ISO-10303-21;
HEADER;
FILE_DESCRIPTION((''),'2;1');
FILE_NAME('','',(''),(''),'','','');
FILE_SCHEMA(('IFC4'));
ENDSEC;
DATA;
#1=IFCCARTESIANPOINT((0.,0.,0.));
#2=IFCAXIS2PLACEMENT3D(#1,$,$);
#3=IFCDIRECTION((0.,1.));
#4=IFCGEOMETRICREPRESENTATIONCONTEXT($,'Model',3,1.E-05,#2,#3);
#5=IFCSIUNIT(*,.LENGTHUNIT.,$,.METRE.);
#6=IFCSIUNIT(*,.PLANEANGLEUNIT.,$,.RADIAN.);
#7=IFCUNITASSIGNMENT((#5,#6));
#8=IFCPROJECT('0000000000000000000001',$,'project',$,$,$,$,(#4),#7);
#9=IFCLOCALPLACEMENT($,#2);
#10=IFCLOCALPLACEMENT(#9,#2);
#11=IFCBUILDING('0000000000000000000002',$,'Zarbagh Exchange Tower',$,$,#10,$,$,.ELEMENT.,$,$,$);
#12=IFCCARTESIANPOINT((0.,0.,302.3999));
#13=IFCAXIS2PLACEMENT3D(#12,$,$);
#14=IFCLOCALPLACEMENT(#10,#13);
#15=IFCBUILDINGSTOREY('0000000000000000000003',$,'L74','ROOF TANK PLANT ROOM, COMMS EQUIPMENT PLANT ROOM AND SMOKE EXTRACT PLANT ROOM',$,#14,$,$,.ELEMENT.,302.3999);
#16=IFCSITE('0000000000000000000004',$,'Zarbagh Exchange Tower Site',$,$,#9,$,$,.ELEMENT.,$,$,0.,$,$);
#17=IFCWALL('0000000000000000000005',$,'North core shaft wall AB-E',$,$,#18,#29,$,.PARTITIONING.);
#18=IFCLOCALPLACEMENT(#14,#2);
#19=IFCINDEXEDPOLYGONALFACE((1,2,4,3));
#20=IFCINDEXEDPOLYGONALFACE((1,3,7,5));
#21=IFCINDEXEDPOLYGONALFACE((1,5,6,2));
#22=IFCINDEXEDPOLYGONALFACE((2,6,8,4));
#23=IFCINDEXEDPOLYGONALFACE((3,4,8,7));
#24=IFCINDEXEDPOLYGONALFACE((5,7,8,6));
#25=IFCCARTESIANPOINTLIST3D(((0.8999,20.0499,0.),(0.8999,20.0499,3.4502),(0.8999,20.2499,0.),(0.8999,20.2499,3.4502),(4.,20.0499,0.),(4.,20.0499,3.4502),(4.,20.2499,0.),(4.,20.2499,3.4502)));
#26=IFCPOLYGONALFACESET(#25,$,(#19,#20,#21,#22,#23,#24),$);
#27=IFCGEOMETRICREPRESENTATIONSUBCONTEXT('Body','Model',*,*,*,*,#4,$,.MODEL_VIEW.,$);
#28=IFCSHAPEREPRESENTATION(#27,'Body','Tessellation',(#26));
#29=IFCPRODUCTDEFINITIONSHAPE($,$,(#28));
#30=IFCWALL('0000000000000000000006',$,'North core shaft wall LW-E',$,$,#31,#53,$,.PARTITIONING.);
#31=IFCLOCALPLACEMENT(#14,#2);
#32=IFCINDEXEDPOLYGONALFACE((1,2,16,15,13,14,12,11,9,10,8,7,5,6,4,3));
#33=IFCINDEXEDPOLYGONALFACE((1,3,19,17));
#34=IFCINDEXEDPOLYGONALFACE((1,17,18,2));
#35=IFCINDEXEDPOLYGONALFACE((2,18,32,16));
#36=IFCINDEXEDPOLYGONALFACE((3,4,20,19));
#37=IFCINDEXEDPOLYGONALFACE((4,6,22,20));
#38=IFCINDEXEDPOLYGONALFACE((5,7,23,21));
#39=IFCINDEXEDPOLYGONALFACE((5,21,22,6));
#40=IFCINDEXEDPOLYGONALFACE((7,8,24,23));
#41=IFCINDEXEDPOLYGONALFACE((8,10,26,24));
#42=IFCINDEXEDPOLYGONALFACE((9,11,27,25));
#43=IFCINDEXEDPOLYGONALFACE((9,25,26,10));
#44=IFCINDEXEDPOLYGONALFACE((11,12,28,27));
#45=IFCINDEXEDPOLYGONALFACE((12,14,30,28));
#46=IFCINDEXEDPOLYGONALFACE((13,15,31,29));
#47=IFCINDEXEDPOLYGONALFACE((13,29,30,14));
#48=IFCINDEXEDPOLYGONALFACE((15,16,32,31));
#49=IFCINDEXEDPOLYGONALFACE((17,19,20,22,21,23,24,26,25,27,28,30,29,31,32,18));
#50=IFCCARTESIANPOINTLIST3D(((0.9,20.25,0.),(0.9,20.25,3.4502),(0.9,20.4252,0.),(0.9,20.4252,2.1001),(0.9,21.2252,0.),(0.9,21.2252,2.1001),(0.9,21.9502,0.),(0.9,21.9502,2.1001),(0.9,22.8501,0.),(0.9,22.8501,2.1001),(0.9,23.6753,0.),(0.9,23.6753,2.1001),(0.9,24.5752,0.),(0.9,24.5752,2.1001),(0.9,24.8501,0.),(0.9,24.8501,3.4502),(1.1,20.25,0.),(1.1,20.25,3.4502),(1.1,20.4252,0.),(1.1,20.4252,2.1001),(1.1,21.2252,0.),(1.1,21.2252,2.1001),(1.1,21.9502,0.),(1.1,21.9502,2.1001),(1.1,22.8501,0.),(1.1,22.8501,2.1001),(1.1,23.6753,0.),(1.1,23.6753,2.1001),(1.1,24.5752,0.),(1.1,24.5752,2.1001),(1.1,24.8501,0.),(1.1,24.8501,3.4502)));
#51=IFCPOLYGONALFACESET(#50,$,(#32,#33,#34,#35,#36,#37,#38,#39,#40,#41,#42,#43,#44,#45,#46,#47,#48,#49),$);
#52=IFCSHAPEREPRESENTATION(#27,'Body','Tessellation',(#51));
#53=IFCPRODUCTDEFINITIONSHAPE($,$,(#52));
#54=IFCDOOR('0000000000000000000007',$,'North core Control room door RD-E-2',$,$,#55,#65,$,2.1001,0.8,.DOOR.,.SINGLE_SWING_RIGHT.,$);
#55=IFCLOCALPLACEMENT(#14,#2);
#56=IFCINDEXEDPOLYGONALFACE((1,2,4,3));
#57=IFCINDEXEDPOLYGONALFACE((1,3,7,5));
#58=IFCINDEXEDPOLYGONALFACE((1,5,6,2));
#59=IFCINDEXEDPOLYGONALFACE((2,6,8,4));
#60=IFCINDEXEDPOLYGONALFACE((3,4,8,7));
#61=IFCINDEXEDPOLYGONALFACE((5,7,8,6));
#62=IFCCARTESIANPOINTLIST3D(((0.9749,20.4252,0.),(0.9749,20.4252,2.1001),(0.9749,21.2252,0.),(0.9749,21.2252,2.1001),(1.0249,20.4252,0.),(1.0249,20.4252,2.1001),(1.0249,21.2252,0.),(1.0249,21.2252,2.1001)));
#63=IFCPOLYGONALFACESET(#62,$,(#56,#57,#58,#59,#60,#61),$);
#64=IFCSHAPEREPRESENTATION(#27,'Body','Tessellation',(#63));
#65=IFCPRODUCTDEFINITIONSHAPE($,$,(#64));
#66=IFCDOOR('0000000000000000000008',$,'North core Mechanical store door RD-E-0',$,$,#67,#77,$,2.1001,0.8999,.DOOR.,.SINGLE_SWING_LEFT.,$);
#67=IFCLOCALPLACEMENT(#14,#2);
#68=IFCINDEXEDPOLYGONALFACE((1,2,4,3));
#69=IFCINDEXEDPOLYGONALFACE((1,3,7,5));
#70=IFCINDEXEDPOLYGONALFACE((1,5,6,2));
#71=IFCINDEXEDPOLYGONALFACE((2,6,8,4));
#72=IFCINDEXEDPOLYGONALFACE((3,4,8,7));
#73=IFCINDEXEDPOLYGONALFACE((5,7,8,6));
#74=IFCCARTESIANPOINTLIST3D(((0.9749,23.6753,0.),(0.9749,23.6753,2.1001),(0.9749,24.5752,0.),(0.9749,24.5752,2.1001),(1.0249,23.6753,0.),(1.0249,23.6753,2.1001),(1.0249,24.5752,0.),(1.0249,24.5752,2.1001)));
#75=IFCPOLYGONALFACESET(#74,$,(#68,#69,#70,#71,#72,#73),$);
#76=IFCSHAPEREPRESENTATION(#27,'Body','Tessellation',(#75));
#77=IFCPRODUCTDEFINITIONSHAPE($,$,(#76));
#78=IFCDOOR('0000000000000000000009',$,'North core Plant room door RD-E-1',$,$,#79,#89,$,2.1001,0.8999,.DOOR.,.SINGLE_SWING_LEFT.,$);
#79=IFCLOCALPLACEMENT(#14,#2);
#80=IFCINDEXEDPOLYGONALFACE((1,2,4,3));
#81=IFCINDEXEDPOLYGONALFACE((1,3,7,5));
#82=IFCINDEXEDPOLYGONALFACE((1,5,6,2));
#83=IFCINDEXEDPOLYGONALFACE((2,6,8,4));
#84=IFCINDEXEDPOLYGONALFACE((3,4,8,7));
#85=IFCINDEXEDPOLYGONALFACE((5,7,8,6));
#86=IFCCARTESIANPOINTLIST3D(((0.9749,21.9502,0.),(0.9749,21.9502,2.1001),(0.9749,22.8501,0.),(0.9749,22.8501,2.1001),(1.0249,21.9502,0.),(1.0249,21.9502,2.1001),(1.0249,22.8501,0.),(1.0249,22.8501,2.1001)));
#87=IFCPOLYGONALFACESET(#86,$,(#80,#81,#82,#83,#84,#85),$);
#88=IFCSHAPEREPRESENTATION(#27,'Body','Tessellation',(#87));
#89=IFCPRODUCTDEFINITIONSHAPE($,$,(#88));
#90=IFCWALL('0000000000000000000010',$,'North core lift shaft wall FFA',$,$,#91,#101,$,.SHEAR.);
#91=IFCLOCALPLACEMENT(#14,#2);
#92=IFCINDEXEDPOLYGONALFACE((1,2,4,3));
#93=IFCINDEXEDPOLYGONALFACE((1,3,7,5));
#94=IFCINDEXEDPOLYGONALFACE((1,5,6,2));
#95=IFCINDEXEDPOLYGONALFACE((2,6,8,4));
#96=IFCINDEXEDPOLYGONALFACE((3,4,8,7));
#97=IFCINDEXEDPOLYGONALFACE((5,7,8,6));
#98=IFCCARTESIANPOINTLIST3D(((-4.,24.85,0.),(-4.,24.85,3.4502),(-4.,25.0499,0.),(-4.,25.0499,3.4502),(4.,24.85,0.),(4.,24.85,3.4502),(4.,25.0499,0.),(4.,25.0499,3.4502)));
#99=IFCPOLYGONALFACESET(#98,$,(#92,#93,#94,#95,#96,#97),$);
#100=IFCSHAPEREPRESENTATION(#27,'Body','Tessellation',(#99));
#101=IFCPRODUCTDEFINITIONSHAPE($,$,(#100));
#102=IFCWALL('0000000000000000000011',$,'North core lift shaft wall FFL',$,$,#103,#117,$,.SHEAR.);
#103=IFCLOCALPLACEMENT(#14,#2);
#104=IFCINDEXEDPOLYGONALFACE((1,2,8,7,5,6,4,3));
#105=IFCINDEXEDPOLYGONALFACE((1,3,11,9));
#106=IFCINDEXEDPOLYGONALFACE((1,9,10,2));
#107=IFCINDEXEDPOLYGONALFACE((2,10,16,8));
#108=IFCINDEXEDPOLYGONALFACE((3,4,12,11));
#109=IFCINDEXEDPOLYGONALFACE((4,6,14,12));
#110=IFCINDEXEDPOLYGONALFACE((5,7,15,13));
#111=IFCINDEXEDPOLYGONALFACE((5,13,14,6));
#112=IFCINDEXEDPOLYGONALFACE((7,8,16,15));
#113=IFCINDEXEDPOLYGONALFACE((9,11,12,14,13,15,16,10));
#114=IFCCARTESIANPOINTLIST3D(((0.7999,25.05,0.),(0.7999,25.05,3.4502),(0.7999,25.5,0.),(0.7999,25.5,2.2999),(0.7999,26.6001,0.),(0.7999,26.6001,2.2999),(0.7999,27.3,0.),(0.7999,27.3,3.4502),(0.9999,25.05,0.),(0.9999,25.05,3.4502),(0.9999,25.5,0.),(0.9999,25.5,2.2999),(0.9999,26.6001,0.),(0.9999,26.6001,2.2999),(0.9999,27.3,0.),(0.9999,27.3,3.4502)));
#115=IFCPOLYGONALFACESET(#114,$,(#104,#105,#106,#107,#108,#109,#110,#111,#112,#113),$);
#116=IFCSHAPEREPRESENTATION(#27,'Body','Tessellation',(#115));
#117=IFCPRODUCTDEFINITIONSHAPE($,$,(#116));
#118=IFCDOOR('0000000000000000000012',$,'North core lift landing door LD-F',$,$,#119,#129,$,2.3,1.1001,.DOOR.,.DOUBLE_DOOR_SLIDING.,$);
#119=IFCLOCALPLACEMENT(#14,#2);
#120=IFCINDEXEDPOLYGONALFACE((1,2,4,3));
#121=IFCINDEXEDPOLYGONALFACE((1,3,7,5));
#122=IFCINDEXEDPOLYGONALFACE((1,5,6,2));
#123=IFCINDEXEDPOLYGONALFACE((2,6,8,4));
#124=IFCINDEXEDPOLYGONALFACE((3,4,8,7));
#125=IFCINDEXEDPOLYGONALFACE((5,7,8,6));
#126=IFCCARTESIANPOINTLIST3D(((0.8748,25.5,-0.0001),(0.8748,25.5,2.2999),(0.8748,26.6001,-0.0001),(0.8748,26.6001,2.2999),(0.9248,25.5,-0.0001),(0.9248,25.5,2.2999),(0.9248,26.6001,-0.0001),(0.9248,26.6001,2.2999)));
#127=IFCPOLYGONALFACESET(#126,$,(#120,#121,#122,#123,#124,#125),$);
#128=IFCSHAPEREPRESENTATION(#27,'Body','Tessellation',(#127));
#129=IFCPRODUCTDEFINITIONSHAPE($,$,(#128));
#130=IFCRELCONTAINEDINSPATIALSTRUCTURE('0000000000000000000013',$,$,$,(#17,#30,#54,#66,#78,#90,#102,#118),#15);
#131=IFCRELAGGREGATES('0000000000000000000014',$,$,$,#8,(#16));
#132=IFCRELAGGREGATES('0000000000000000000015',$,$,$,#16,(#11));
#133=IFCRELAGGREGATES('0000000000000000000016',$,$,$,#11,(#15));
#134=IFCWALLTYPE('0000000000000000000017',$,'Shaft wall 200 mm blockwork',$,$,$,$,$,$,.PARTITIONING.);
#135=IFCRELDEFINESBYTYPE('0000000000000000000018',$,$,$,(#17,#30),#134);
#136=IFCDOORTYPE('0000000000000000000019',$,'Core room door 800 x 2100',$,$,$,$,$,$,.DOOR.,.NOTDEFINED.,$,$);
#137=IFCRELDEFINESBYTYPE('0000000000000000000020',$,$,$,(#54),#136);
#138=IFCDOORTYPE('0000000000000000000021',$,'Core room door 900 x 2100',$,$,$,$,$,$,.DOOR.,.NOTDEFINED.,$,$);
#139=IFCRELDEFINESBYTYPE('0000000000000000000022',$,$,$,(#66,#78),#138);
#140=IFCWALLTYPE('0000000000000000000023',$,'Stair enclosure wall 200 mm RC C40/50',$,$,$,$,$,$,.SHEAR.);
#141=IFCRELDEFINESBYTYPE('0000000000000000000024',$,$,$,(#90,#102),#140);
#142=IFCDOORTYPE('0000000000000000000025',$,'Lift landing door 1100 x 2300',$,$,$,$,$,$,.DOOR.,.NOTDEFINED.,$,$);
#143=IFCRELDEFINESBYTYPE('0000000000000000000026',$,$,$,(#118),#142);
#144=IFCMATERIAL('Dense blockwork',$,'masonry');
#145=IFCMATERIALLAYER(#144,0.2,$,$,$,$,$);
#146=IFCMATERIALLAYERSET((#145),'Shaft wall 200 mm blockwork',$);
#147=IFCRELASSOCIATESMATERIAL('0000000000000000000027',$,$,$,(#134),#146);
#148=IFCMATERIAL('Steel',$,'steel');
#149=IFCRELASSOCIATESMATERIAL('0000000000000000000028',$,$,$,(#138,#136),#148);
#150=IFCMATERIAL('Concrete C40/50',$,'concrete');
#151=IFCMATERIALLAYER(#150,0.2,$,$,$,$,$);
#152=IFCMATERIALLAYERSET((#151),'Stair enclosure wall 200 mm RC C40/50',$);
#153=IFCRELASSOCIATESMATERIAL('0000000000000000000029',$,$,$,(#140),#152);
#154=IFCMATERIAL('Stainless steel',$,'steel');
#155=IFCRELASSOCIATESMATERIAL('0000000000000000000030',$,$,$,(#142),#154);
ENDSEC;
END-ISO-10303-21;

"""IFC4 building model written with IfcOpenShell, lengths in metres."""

from ifc_helpers import new_model, si_unit, direction, frame, frame_2d, origin, place, context, subcontext, project, spatial, rectangle, extrude, material, layer, layer_set, type_object, element, fill, save


model = new_model("IFC4")

# Units and contexts
model_context = context("Model", 3, precision=1e-05, world=origin(), true_north=direction((0.0, 1.0)))
body_context = subcontext(model_context, "Body", "Model", "MODEL_VIEW")
ifc_project = project(units=[si_unit("LENGTHUNIT", "METRE"), si_unit("PLANEANGLEUNIT", "RADIAN")], contexts=[model_context])

# Site, building, storey
site_placement = place(None, origin())
site = spatial("IfcSite", under=ifc_project, at=site_placement, Name="Zarbagh Exchange Tower Site", CompositionType="ELEMENT", RefElevation=0.0)
building_placement = place(site_placement, origin())
building = spatial("IfcBuilding", under=site, at=building_placement, Name="Zarbagh Exchange Tower", CompositionType="ELEMENT")
storey_placement = place(building_placement, frame((0.0, 0.0, 302.3999)))
storey = spatial("IfcBuildingStorey", under=building, at=storey_placement, Name="L74", Description="ROOF TANK PLANT ROOM, COMMS EQUIPMENT PLANT ROOM AND SMOKE EXTRACT PLANT ROOM", CompositionType="ELEMENT", Elevation=302.3999)

# Shared definitions
ifc_material_1 = material(Name="Concrete C40/50", Category="concrete")

# Shared definitions
ifc_material_2 = material(Name="Dense blockwork", Category="masonry")
ifc_layer_1 = layer(ifc_material_2, 0.2)
ifc_layer_set_1 = layer_set([ifc_layer_1], Name="Shaft wall 200 mm blockwork")
wall_type_1 = type_object("IfcWallType", Name="Shaft wall 200 mm blockwork", PredefinedType="PARTITIONING", material=ifc_layer_set_1)

# Shared definitions
ifc_material_3 = material(Name="Steel", Category="steel")
door_type_1 = type_object("IfcDoorType", Name="Core room door 900 x 2100", OperationType="NOTDEFINED", PredefinedType="DOOR", material=ifc_material_3)

# Wall
wall_1_placement = place(storey_placement, frame((0.8999, 20.1499, 0.0), z_axis=(0.0, 0.0, 1.0), x_axis=(1.0, 0.0, 0.0)))
element("IfcWall", 1, at=wall_1_placement, inside=storey, type_object=wall_type_1, Name="North core shaft wall AB-E", PredefinedType="PARTITIONING", context=body_context, shape_type="SweptSolid", body=[
    extrude(rectangle(XDim=3.1001, YDim=0.2, at=frame_2d((1.55, 0.0))), origin(), (0.0, 0.0, 1.0), 3.4502),
])

# Wall, openings, doors
wall_2_placement = place(storey_placement, frame((1.0, 24.8501, 0.0), z_axis=(0.0, 0.0, 1.0), x_axis=(0.0, -1.0, 0.0)))
wall_2 = element("IfcWall", 2, at=wall_2_placement, inside=storey, type_object=wall_type_1, Name="North core shaft wall LW-E", PredefinedType="PARTITIONING", context=body_context, shape_type="SweptSolid", body=[
    extrude(rectangle(XDim=4.6001, YDim=0.2, at=frame_2d((2.3, 0.0))), origin(), (0.0, 0.0, 1.0), 3.4502),
])
opening_1_placement = place(wall_2_placement, frame((0.2749, 0.0, 0.0)))
opening_1 = element("IfcOpeningElement", 3, at=opening_1_placement, cuts=wall_2, PredefinedType="OPENING", context=body_context, shape_type="SweptSolid", body=[
    extrude(rectangle(XDim=0.8999, YDim=2.1001, at=frame_2d((0.45, 1.05))), frame((0.0, 0.1099, 0.0), z_axis=(0.0, -1.0, 0.0), x_axis=(1.0, 0.0, 0.0)), (0.0, 0.0, 1.0), 0.22),
])
opening_2_placement = place(wall_2_placement, frame((2.0, 0.0, 0.0)))
opening_2 = element("IfcOpeningElement", 4, at=opening_2_placement, cuts=wall_2, PredefinedType="OPENING", context=body_context, shape_type="SweptSolid", body=[
    extrude(rectangle(XDim=0.8999, YDim=2.1001, at=frame_2d((0.45, 1.05))), frame((0.0, 0.1099, 0.0), z_axis=(0.0, -1.0, 0.0), x_axis=(1.0, 0.0, 0.0)), (0.0, 0.0, 1.0), 0.22),
])
opening_3_placement = place(wall_2_placement, frame((3.625, 0.0, 0.0)))
opening_3 = element("IfcOpeningElement", 5, at=opening_3_placement, cuts=wall_2, PredefinedType="OPENING", context=body_context, shape_type="SweptSolid", body=[
    extrude(rectangle(XDim=0.8, YDim=2.1001, at=frame_2d((0.3999, 1.05))), frame((0.0, 0.1099, 0.0), z_axis=(0.0, -1.0, 0.0), x_axis=(1.0, 0.0, 0.0)), (0.0, 0.0, 1.0), 0.22),
])
door_type_2 = type_object("IfcDoorType", Name="Core room door 800 x 2100", OperationType="NOTDEFINED", PredefinedType="DOOR", material=ifc_material_3)
door_1_placement = place(opening_3_placement, origin())
door_1 = element("IfcDoor", 6, at=door_1_placement, inside=storey, type_object=door_type_2, Name="North core Control room door RD-E-2", OperationType="SINGLE_SWING_RIGHT", OverallHeight=2.1001, OverallWidth=0.8, PredefinedType="DOOR", context=body_context, shape_type="SweptSolid", body=[
    extrude(rectangle(XDim=0.8, YDim=2.1001, at=frame_2d((0.3999, 1.05))), frame((0.0, 0.0249, 0.0), z_axis=(0.0, -1.0, 0.0), x_axis=(1.0, 0.0, 0.0)), (0.0, 0.0, 1.0), 0.05),
])
fill(opening_3, door_1)
door_2_placement = place(opening_1_placement, origin())
door_2 = element("IfcDoor", 7, at=door_2_placement, inside=storey, type_object=door_type_1, Name="North core Mechanical store door RD-E-0", OperationType="SINGLE_SWING_LEFT", OverallHeight=2.1001, OverallWidth=0.8999, PredefinedType="DOOR", context=body_context, shape_type="SweptSolid", body=[
    extrude(rectangle(XDim=0.8999, YDim=2.1001, at=frame_2d((0.45, 1.05))), frame((0.0, 0.0249, 0.0), z_axis=(0.0, -1.0, 0.0), x_axis=(1.0, 0.0, 0.0)), (0.0, 0.0, 1.0), 0.05),
])
fill(opening_1, door_2)
door_3_placement = place(opening_2_placement, origin())
door_3 = element("IfcDoor", 8, at=door_3_placement, inside=storey, type_object=door_type_1, Name="North core Plant room door RD-E-1", OperationType="SINGLE_SWING_LEFT", OverallHeight=2.1001, OverallWidth=0.8999, PredefinedType="DOOR", context=body_context, shape_type="SweptSolid", body=[
    extrude(rectangle(XDim=0.8999, YDim=2.1001, at=frame_2d((0.45, 1.05))), frame((0.0, 0.0249, 0.0), z_axis=(0.0, -1.0, 0.0), x_axis=(1.0, 0.0, 0.0)), (0.0, 0.0, 1.0), 0.05),
])
fill(opening_2, door_3)

# Wall
ifc_layer_2 = layer(ifc_material_1, 0.2)
ifc_layer_set_2 = layer_set([ifc_layer_2], Name="Stair enclosure wall 200 mm RC C40/50")
wall_type_2 = type_object("IfcWallType", Name="Stair enclosure wall 200 mm RC C40/50", PredefinedType="SHEAR", material=ifc_layer_set_2)
wall_3_placement = place(storey_placement, frame((-4.0, 24.95, 0.0), z_axis=(0.0, 0.0, 1.0), x_axis=(1.0, 0.0, 0.0)))
element("IfcWall", 9, at=wall_3_placement, inside=storey, type_object=wall_type_2, Name="North core lift shaft wall FFA", PredefinedType="SHEAR", context=body_context, shape_type="SweptSolid", body=[
    extrude(rectangle(XDim=8.0, YDim=0.2, at=frame_2d((4.0, 0.0))), origin(), (0.0, 0.0, 1.0), 3.4502),
])

# Wall, opening, door
wall_4_placement = place(storey_placement, frame((0.8999, 27.3, 0.0), z_axis=(0.0, 0.0, 1.0), x_axis=(0.0, -1.0, 0.0)))
wall_4 = element("IfcWall", 10, at=wall_4_placement, inside=storey, type_object=wall_type_2, Name="North core lift shaft wall FFL", PredefinedType="SHEAR", context=body_context, shape_type="SweptSolid", body=[
    extrude(rectangle(XDim=2.25, YDim=0.2, at=frame_2d((1.125, 0.0))), origin(), (0.0, 0.0, 1.0), 3.4502),
])
opening_4_placement = place(wall_4_placement, frame((0.7, 0.0, 0.0)))
opening_4 = element("IfcOpeningElement", 11, at=opening_4_placement, cuts=wall_4, PredefinedType="OPENING", context=body_context, shape_type="SweptSolid", body=[
    extrude(rectangle(XDim=1.1001, YDim=2.3, at=frame_2d((0.55, 1.1499))), frame((0.0, 0.1099, 0.0), z_axis=(0.0, -1.0, 0.0), x_axis=(1.0, 0.0, 0.0)), (0.0, 0.0, 1.0), 0.22),
])
ifc_material_4 = material(Name="Stainless steel", Category="steel")
door_type_3 = type_object("IfcDoorType", Name="Lift landing door 1100 x 2300", OperationType="NOTDEFINED", PredefinedType="DOOR", material=ifc_material_4)
door_4_placement = place(opening_4_placement, origin())
door_4 = element("IfcDoor", 12, at=door_4_placement, inside=storey, type_object=door_type_3, Name="North core lift landing door LD-F", OperationType="DOUBLE_DOOR_SLIDING", OverallHeight=2.3, OverallWidth=1.1001, PredefinedType="DOOR", context=body_context, shape_type="SweptSolid", body=[
    extrude(rectangle(XDim=1.1001, YDim=2.3, at=frame_2d((0.55, 1.1499))), frame((0.0, 0.0249, 0.0), z_axis=(0.0, -1.0, 0.0), x_axis=(1.0, 0.0, 0.0)), (0.0, 0.0, 1.0), 0.05),
])
fill(opening_4, door_4)

save(model, "model.ifc")
